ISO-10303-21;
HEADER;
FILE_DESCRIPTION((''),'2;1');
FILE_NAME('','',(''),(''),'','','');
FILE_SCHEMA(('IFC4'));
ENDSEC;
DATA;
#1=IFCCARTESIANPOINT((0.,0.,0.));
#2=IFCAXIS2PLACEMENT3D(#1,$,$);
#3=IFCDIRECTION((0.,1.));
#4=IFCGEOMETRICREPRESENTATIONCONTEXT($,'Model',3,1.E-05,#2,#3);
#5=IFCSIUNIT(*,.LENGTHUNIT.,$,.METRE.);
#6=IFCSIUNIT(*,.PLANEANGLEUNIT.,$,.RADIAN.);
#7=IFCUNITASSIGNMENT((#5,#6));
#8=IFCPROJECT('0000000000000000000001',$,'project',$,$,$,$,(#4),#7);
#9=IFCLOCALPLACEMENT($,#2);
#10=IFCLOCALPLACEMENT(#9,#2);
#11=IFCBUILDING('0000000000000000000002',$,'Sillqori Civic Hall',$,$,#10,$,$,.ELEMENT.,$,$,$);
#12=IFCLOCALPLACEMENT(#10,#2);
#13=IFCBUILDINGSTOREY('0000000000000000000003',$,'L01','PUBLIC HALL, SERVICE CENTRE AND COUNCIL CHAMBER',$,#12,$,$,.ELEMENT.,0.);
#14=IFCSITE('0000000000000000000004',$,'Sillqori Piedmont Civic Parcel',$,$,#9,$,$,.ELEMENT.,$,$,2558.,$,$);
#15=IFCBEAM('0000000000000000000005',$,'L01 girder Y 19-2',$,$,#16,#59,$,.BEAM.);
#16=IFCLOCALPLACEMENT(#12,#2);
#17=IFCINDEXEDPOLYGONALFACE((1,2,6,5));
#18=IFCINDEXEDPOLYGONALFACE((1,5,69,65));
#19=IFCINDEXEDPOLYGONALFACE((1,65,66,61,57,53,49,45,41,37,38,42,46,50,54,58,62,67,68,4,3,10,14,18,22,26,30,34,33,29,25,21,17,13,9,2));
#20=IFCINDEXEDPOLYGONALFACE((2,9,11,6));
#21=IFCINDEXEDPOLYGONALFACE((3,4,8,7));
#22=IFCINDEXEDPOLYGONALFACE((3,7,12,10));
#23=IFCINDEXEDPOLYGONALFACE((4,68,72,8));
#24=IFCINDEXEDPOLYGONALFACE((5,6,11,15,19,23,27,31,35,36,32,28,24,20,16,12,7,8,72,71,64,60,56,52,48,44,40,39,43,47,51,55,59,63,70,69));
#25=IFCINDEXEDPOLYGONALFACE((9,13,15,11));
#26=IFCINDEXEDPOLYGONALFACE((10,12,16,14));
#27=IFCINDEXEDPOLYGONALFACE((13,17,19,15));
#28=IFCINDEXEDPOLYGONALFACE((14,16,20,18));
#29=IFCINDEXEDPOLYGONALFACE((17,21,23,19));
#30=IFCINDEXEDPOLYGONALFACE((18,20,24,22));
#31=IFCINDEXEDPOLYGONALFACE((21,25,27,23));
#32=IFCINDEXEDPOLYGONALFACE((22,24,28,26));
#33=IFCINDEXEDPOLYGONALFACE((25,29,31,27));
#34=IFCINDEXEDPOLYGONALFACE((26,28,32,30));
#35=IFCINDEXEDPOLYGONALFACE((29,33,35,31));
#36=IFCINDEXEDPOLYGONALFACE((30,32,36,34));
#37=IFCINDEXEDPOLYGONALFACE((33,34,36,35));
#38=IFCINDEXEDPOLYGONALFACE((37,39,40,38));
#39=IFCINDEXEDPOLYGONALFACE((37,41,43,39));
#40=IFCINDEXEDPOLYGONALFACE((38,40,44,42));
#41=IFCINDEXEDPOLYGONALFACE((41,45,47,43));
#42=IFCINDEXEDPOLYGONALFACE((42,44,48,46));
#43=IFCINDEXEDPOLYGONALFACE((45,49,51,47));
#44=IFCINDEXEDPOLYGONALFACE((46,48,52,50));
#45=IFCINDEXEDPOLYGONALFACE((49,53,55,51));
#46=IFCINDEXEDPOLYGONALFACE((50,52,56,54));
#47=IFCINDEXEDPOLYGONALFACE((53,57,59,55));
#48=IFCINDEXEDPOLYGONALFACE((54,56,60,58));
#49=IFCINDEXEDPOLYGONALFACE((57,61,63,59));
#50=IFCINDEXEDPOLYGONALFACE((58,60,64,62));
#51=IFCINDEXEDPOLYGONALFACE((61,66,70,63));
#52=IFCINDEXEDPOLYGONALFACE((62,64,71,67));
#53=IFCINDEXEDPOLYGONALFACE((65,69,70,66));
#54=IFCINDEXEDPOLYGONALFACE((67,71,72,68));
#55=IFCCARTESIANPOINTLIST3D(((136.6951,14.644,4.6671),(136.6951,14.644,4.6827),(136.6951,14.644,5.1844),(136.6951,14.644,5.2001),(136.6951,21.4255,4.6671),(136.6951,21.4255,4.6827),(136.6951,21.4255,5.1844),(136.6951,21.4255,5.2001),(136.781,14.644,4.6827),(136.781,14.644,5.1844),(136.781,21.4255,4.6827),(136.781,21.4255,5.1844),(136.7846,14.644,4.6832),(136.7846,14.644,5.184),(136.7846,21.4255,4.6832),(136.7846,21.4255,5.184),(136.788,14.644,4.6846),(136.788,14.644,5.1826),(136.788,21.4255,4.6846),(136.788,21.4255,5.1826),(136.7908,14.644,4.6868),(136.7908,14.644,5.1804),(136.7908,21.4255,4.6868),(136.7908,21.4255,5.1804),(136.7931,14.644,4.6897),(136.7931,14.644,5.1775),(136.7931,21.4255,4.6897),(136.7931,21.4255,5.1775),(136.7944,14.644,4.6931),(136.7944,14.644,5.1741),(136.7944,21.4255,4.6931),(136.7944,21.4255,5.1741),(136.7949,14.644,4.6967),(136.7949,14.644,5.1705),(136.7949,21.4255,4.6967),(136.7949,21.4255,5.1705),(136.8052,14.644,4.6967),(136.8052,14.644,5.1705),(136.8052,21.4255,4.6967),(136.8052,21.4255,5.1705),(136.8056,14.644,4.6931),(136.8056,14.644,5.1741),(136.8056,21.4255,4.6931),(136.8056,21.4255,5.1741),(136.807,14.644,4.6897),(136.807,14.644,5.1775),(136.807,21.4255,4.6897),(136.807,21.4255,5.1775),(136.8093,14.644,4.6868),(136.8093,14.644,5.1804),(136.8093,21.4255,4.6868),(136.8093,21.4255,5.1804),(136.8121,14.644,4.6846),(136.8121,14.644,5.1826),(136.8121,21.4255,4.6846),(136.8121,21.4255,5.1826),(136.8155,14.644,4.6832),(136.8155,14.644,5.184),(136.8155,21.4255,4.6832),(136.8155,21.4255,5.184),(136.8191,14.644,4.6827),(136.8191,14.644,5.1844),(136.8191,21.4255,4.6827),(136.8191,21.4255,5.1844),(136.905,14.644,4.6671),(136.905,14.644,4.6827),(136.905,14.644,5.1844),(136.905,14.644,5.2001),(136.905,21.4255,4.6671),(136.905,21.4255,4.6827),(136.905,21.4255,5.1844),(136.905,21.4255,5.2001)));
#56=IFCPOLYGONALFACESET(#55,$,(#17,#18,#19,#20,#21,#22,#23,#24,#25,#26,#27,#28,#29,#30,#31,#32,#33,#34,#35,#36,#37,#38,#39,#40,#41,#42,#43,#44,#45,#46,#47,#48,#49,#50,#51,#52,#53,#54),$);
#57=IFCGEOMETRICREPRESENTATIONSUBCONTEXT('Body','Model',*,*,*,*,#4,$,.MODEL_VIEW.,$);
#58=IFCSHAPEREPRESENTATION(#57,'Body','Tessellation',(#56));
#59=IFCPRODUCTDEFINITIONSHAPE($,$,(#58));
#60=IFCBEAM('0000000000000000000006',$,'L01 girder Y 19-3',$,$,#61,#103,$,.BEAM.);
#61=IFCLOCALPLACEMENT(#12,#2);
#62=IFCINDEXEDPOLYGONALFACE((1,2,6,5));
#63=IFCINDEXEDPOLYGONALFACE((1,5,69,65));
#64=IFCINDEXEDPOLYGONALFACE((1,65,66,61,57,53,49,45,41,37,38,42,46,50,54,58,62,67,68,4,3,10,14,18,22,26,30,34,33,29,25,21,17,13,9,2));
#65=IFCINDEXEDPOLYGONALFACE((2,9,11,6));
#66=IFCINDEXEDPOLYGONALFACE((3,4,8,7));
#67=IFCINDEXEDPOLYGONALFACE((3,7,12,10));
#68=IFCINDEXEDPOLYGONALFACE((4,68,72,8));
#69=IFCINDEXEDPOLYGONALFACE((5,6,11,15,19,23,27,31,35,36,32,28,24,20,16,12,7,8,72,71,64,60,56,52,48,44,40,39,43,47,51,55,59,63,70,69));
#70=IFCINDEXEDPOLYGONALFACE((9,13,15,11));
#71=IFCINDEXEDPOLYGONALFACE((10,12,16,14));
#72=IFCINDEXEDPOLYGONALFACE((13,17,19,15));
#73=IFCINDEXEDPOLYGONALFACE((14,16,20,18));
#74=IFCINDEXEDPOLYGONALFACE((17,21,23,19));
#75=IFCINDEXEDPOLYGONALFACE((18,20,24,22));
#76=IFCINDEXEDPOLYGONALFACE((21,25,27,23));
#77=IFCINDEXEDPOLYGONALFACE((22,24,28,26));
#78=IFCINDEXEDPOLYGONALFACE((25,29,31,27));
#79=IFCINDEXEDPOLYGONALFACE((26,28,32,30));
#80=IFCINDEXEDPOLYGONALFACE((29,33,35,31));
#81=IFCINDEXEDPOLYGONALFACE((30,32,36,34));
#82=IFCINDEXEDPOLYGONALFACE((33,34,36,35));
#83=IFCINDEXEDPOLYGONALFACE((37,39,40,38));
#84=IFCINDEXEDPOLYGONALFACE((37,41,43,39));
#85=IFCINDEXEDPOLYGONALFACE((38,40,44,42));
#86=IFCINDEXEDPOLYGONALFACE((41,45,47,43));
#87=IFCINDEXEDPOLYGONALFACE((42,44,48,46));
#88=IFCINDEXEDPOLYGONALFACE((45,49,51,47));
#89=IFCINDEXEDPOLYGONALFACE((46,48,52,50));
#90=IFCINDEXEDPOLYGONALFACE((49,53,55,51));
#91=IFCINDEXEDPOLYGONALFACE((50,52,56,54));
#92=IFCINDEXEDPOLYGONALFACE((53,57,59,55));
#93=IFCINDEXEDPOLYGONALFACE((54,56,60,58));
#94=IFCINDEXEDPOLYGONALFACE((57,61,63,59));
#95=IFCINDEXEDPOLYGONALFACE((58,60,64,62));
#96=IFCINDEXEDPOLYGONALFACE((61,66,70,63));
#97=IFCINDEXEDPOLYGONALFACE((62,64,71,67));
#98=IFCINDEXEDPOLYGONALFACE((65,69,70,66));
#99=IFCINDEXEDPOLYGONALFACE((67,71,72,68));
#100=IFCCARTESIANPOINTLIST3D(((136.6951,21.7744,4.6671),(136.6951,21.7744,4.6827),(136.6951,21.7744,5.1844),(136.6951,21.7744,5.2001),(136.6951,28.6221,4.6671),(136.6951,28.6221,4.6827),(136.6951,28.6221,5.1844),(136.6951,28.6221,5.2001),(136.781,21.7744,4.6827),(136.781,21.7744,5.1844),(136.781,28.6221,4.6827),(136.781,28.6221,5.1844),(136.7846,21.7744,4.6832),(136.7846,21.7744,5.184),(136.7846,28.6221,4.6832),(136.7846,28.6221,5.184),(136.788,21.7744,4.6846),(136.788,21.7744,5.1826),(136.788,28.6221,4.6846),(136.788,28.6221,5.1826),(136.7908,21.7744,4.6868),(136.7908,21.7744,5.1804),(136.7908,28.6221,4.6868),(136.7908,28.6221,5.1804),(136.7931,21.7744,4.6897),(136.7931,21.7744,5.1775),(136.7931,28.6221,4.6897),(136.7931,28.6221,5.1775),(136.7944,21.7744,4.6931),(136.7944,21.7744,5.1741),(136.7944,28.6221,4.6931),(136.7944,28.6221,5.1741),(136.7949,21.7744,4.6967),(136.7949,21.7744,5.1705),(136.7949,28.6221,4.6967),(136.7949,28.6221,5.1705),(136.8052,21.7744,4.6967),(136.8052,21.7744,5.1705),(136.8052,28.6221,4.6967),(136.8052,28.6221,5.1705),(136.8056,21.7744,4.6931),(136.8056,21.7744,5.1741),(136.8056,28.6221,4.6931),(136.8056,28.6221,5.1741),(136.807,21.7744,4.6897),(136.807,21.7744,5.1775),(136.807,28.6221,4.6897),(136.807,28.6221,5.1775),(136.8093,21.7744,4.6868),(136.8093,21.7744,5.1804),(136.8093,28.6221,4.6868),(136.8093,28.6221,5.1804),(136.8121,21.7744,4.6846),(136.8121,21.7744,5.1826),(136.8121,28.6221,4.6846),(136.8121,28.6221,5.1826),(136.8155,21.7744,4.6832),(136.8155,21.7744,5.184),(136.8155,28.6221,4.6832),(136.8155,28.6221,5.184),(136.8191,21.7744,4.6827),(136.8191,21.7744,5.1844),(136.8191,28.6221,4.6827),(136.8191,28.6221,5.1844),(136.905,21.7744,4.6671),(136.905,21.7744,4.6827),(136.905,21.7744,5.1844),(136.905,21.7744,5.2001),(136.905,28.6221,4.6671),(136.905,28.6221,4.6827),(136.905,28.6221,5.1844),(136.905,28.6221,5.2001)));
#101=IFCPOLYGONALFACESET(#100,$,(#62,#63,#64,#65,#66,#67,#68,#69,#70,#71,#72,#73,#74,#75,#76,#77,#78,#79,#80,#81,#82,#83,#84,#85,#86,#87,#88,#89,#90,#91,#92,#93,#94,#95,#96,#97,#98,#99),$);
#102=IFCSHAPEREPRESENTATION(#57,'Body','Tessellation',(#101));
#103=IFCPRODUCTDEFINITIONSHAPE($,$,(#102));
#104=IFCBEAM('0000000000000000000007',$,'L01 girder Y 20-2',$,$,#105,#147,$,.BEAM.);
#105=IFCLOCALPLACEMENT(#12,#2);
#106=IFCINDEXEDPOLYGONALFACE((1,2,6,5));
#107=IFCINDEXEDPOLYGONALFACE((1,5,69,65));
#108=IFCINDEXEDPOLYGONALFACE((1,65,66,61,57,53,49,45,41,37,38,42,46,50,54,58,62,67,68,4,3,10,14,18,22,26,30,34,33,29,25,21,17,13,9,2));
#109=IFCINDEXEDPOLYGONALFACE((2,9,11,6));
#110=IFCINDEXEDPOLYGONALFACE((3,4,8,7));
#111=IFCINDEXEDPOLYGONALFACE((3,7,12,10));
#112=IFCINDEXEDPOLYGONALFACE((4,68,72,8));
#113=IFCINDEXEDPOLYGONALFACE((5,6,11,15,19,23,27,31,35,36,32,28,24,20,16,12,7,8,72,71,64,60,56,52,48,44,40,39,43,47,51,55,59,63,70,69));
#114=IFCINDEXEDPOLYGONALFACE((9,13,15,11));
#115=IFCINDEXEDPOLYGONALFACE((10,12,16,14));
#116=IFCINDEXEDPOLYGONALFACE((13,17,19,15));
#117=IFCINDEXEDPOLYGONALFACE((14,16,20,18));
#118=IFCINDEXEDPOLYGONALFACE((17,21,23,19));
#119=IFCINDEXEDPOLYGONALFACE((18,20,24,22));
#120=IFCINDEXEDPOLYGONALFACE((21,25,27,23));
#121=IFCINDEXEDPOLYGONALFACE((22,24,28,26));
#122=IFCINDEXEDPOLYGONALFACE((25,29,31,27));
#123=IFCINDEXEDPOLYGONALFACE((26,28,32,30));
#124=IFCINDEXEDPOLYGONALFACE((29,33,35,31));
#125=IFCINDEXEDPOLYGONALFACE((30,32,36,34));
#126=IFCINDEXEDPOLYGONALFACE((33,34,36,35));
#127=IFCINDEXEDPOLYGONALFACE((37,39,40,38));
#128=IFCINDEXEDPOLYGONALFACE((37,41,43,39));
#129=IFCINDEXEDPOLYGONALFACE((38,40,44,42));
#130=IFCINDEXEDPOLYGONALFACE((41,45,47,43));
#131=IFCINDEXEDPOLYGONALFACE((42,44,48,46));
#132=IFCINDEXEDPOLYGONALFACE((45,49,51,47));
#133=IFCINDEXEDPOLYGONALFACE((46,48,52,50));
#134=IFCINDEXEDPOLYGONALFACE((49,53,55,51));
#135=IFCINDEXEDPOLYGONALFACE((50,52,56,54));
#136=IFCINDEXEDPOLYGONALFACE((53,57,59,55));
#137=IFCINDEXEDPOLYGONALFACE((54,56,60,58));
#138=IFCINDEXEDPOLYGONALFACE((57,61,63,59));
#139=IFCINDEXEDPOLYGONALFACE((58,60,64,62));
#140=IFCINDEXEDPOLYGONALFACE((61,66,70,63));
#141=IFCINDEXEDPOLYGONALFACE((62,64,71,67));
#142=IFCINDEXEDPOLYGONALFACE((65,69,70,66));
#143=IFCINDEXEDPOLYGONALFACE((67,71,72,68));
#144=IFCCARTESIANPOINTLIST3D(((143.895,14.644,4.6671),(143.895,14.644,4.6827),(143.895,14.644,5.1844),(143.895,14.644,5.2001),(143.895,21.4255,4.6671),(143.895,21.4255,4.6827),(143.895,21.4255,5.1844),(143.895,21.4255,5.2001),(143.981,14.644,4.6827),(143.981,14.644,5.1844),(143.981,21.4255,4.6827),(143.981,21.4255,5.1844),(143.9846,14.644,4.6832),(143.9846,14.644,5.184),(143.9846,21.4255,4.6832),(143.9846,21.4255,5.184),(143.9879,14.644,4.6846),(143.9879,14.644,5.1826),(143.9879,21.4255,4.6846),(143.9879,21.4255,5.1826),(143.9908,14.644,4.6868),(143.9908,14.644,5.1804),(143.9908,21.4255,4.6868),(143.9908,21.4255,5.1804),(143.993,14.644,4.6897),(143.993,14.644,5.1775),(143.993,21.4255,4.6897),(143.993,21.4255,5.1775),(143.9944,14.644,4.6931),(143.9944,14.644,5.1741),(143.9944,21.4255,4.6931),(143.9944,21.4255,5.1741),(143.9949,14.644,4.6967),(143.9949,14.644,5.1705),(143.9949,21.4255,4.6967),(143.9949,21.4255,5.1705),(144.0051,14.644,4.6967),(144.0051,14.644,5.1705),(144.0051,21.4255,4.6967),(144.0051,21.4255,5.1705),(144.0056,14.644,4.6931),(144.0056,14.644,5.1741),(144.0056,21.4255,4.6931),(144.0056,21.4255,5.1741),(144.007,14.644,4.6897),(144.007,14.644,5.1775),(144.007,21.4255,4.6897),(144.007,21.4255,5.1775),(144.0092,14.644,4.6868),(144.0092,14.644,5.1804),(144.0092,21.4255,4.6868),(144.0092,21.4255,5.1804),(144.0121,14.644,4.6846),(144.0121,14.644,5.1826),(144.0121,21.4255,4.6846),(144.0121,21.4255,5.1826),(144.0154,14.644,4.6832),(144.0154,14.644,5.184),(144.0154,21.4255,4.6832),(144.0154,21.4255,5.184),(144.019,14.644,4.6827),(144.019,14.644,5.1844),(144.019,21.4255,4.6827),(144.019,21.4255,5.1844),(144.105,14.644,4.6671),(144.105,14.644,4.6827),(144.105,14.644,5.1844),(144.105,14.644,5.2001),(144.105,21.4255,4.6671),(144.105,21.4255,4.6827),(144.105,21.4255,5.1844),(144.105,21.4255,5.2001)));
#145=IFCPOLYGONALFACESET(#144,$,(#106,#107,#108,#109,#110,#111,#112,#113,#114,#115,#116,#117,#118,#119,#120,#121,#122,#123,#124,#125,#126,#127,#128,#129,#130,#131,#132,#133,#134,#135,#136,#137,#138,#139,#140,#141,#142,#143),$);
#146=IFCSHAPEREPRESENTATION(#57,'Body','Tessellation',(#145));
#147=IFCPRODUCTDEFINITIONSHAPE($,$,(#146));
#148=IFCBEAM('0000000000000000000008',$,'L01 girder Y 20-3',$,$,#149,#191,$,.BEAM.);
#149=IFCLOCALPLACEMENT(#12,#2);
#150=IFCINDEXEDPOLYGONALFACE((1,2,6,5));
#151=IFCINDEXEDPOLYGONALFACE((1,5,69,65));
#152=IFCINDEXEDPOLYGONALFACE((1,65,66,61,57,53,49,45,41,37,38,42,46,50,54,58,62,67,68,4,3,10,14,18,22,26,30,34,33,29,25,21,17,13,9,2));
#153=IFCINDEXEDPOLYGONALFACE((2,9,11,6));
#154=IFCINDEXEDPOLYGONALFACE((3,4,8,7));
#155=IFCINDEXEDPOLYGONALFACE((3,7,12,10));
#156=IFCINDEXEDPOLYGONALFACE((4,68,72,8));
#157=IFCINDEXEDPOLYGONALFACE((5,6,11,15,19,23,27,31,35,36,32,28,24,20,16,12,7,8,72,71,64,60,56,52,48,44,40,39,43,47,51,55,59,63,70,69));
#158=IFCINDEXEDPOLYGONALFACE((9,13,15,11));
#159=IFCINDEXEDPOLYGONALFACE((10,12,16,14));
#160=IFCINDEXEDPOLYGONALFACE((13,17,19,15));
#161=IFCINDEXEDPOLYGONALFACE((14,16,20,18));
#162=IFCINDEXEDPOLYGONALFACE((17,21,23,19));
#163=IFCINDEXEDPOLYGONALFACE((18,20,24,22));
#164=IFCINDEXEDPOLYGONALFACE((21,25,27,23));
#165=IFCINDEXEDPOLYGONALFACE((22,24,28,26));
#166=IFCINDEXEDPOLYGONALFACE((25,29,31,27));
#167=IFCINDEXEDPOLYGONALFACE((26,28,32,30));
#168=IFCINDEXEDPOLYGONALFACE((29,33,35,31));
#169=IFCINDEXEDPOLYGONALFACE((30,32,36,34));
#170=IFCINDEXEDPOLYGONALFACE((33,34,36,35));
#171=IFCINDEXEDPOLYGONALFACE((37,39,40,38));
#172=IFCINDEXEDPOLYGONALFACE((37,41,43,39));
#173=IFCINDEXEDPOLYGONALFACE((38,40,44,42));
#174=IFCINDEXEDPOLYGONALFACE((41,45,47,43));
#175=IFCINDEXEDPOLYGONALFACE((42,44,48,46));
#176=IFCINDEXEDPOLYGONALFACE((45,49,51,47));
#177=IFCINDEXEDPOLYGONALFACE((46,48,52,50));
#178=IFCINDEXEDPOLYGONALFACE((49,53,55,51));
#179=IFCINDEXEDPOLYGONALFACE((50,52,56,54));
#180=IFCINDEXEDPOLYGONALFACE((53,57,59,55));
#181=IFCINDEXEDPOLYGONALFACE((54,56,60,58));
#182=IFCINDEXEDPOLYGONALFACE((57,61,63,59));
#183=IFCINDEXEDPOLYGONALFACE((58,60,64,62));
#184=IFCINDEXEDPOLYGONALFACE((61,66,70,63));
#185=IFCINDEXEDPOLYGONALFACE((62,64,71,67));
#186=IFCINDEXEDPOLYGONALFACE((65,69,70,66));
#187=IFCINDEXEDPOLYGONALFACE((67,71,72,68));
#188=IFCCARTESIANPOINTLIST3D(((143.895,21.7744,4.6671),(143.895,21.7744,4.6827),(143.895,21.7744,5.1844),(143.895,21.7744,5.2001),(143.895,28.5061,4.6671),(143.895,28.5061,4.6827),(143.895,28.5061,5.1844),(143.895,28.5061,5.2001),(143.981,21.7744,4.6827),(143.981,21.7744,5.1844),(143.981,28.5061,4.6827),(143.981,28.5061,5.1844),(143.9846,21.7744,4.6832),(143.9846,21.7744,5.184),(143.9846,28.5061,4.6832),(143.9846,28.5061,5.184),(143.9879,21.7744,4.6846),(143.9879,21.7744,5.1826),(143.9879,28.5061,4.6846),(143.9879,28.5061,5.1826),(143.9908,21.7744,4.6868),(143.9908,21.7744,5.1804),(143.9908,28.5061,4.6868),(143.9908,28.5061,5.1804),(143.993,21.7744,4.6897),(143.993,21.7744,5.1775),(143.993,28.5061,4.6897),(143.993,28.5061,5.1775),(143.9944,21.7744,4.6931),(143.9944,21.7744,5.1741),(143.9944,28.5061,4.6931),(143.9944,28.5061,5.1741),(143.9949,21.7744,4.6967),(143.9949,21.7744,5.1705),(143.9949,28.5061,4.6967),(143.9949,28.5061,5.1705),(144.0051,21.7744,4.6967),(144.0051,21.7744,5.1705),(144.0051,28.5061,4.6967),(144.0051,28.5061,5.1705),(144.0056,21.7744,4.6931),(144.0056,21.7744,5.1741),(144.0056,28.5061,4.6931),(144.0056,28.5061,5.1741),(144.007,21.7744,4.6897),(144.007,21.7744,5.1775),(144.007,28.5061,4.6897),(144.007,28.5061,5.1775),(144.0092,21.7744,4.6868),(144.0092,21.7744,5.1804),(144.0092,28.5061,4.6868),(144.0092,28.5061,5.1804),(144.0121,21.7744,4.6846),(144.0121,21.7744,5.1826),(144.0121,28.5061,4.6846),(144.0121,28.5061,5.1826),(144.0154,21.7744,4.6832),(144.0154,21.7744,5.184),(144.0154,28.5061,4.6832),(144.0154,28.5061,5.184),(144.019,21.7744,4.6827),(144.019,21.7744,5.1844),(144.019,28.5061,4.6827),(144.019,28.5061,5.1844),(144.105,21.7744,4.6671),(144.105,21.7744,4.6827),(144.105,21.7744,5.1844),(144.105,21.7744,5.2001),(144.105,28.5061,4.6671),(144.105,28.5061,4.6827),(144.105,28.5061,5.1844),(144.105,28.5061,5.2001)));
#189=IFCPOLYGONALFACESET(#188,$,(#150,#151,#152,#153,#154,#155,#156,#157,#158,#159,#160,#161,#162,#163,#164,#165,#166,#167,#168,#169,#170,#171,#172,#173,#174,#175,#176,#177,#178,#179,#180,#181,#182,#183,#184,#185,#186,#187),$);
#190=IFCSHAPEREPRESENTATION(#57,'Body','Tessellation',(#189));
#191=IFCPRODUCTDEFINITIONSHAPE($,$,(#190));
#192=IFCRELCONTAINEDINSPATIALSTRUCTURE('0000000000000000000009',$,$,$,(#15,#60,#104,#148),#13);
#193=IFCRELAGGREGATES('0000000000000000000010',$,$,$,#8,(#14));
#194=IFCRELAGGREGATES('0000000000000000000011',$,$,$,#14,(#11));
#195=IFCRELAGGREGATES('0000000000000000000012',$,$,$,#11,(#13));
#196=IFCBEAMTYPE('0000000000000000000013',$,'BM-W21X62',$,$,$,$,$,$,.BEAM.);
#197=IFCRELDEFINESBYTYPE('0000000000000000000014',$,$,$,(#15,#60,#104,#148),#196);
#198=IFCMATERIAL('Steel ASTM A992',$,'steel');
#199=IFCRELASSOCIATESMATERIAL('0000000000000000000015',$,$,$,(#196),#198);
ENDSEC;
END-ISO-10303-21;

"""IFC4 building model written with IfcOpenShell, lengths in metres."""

from ifc_helpers import new_model, si_unit, direction, frame, origin, origin_2d, place, context, subcontext, project, spatial, i_section, extrude, material, material_profile, profile_set, type_object, element, save


model = new_model("IFC4")

# Units and contexts
model_context = context("Model", 3, precision=1e-05, world=origin(), true_north=direction((0.0, 1.0)))
body_context = subcontext(model_context, "Body", "Model", "MODEL_VIEW")
ifc_project = project(units=[si_unit("LENGTHUNIT", "METRE"), si_unit("PLANEANGLEUNIT", "RADIAN")], contexts=[model_context])

# Site, building, storey
site_placement = place(None, origin())
site = spatial("IfcSite", under=ifc_project, at=site_placement, Name="Sillqori Piedmont Civic Parcel", CompositionType="ELEMENT", RefElevation=2558.0)
building_placement = place(site_placement, origin())
building = spatial("IfcBuilding", under=site, at=building_placement, Name="Sillqori Civic Hall", CompositionType="ELEMENT")
storey_placement = place(building_placement, origin())
storey = spatial("IfcBuildingStorey", under=building, at=storey_placement, Name="L01", Description="PUBLIC HALL, SERVICE CENTRE AND COUNCIL CHAMBER", CompositionType="ELEMENT", Elevation=0.0)

# Shared definitions
ifc_material_1 = material(Name="Steel ASTM A992", Category="steel")

# Beams
ifc_material_profile_1 = material_profile(ifc_material_1, i_section(OverallWidth=0.21, OverallDepth=0.533, WebThickness=0.0103, FlangeThickness=0.0156, FilletRadius=0.0139, at=origin_2d()), Name="W21X62")
ifc_profile_set_1 = profile_set([ifc_material_profile_1], Name="Steel ASTM A992")
beam_type_1 = type_object("IfcBeamType", Name="BM-W21X62", PredefinedType="BEAM", material=ifc_profile_set_1)
beam_1_placement = place(storey_placement, frame((136.8, 14.644, 4.9336), z_axis=(0.0, 1.0, 0.0), x_axis=(-1.0, 0.0, 0.0)))
element("IfcBeam", 1, at=beam_1_placement, inside=storey, type_object=beam_type_1, Name="L01 girder Y 19-2", PredefinedType="BEAM", context=body_context, shape_type="SweptSolid", body=[
    extrude(i_section(OverallWidth=0.21, OverallDepth=0.533, WebThickness=0.0103, FlangeThickness=0.0156, FilletRadius=0.0139, at=origin_2d()), origin(), (0.0, 0.0, 1.0), 6.7815),
])
beam_2_placement = place(storey_placement, frame((136.8, 21.7744, 4.9336), z_axis=(0.0, 1.0, 0.0), x_axis=(-1.0, 0.0, 0.0)))
element("IfcBeam", 2, at=beam_2_placement, inside=storey, type_object=beam_type_1, Name="L01 girder Y 19-3", PredefinedType="BEAM", context=body_context, shape_type="SweptSolid", body=[
    extrude(i_section(OverallWidth=0.21, OverallDepth=0.533, WebThickness=0.0103, FlangeThickness=0.0156, FilletRadius=0.0139, at=origin_2d()), origin(), (0.0, 0.0, 1.0), 6.8477),
])
beam_3_placement = place(storey_placement, frame((144.0, 14.644, 4.9336), z_axis=(0.0, 1.0, 0.0), x_axis=(-1.0, 0.0, 0.0)))
element("IfcBeam", 3, at=beam_3_placement, inside=storey, type_object=beam_type_1, Name="L01 girder Y 20-2", PredefinedType="BEAM", context=body_context, shape_type="SweptSolid", body=[
    extrude(i_section(OverallWidth=0.21, OverallDepth=0.533, WebThickness=0.0103, FlangeThickness=0.0156, FilletRadius=0.0139, at=origin_2d()), origin(), (0.0, 0.0, 1.0), 6.7815),
])
beam_4_placement = place(storey_placement, frame((144.0, 21.7744, 4.9336), z_axis=(0.0, 1.0, 0.0), x_axis=(-1.0, 0.0, 0.0)))
element("IfcBeam", 4, at=beam_4_placement, inside=storey, type_object=beam_type_1, Name="L01 girder Y 20-3", PredefinedType="BEAM", context=body_context, shape_type="SweptSolid", body=[
    extrude(i_section(OverallWidth=0.21, OverallDepth=0.533, WebThickness=0.0103, FlangeThickness=0.0156, FilletRadius=0.0139, at=origin_2d()), origin(), (0.0, 0.0, 1.0), 6.7317),
])

save(model, "model.ifc")
